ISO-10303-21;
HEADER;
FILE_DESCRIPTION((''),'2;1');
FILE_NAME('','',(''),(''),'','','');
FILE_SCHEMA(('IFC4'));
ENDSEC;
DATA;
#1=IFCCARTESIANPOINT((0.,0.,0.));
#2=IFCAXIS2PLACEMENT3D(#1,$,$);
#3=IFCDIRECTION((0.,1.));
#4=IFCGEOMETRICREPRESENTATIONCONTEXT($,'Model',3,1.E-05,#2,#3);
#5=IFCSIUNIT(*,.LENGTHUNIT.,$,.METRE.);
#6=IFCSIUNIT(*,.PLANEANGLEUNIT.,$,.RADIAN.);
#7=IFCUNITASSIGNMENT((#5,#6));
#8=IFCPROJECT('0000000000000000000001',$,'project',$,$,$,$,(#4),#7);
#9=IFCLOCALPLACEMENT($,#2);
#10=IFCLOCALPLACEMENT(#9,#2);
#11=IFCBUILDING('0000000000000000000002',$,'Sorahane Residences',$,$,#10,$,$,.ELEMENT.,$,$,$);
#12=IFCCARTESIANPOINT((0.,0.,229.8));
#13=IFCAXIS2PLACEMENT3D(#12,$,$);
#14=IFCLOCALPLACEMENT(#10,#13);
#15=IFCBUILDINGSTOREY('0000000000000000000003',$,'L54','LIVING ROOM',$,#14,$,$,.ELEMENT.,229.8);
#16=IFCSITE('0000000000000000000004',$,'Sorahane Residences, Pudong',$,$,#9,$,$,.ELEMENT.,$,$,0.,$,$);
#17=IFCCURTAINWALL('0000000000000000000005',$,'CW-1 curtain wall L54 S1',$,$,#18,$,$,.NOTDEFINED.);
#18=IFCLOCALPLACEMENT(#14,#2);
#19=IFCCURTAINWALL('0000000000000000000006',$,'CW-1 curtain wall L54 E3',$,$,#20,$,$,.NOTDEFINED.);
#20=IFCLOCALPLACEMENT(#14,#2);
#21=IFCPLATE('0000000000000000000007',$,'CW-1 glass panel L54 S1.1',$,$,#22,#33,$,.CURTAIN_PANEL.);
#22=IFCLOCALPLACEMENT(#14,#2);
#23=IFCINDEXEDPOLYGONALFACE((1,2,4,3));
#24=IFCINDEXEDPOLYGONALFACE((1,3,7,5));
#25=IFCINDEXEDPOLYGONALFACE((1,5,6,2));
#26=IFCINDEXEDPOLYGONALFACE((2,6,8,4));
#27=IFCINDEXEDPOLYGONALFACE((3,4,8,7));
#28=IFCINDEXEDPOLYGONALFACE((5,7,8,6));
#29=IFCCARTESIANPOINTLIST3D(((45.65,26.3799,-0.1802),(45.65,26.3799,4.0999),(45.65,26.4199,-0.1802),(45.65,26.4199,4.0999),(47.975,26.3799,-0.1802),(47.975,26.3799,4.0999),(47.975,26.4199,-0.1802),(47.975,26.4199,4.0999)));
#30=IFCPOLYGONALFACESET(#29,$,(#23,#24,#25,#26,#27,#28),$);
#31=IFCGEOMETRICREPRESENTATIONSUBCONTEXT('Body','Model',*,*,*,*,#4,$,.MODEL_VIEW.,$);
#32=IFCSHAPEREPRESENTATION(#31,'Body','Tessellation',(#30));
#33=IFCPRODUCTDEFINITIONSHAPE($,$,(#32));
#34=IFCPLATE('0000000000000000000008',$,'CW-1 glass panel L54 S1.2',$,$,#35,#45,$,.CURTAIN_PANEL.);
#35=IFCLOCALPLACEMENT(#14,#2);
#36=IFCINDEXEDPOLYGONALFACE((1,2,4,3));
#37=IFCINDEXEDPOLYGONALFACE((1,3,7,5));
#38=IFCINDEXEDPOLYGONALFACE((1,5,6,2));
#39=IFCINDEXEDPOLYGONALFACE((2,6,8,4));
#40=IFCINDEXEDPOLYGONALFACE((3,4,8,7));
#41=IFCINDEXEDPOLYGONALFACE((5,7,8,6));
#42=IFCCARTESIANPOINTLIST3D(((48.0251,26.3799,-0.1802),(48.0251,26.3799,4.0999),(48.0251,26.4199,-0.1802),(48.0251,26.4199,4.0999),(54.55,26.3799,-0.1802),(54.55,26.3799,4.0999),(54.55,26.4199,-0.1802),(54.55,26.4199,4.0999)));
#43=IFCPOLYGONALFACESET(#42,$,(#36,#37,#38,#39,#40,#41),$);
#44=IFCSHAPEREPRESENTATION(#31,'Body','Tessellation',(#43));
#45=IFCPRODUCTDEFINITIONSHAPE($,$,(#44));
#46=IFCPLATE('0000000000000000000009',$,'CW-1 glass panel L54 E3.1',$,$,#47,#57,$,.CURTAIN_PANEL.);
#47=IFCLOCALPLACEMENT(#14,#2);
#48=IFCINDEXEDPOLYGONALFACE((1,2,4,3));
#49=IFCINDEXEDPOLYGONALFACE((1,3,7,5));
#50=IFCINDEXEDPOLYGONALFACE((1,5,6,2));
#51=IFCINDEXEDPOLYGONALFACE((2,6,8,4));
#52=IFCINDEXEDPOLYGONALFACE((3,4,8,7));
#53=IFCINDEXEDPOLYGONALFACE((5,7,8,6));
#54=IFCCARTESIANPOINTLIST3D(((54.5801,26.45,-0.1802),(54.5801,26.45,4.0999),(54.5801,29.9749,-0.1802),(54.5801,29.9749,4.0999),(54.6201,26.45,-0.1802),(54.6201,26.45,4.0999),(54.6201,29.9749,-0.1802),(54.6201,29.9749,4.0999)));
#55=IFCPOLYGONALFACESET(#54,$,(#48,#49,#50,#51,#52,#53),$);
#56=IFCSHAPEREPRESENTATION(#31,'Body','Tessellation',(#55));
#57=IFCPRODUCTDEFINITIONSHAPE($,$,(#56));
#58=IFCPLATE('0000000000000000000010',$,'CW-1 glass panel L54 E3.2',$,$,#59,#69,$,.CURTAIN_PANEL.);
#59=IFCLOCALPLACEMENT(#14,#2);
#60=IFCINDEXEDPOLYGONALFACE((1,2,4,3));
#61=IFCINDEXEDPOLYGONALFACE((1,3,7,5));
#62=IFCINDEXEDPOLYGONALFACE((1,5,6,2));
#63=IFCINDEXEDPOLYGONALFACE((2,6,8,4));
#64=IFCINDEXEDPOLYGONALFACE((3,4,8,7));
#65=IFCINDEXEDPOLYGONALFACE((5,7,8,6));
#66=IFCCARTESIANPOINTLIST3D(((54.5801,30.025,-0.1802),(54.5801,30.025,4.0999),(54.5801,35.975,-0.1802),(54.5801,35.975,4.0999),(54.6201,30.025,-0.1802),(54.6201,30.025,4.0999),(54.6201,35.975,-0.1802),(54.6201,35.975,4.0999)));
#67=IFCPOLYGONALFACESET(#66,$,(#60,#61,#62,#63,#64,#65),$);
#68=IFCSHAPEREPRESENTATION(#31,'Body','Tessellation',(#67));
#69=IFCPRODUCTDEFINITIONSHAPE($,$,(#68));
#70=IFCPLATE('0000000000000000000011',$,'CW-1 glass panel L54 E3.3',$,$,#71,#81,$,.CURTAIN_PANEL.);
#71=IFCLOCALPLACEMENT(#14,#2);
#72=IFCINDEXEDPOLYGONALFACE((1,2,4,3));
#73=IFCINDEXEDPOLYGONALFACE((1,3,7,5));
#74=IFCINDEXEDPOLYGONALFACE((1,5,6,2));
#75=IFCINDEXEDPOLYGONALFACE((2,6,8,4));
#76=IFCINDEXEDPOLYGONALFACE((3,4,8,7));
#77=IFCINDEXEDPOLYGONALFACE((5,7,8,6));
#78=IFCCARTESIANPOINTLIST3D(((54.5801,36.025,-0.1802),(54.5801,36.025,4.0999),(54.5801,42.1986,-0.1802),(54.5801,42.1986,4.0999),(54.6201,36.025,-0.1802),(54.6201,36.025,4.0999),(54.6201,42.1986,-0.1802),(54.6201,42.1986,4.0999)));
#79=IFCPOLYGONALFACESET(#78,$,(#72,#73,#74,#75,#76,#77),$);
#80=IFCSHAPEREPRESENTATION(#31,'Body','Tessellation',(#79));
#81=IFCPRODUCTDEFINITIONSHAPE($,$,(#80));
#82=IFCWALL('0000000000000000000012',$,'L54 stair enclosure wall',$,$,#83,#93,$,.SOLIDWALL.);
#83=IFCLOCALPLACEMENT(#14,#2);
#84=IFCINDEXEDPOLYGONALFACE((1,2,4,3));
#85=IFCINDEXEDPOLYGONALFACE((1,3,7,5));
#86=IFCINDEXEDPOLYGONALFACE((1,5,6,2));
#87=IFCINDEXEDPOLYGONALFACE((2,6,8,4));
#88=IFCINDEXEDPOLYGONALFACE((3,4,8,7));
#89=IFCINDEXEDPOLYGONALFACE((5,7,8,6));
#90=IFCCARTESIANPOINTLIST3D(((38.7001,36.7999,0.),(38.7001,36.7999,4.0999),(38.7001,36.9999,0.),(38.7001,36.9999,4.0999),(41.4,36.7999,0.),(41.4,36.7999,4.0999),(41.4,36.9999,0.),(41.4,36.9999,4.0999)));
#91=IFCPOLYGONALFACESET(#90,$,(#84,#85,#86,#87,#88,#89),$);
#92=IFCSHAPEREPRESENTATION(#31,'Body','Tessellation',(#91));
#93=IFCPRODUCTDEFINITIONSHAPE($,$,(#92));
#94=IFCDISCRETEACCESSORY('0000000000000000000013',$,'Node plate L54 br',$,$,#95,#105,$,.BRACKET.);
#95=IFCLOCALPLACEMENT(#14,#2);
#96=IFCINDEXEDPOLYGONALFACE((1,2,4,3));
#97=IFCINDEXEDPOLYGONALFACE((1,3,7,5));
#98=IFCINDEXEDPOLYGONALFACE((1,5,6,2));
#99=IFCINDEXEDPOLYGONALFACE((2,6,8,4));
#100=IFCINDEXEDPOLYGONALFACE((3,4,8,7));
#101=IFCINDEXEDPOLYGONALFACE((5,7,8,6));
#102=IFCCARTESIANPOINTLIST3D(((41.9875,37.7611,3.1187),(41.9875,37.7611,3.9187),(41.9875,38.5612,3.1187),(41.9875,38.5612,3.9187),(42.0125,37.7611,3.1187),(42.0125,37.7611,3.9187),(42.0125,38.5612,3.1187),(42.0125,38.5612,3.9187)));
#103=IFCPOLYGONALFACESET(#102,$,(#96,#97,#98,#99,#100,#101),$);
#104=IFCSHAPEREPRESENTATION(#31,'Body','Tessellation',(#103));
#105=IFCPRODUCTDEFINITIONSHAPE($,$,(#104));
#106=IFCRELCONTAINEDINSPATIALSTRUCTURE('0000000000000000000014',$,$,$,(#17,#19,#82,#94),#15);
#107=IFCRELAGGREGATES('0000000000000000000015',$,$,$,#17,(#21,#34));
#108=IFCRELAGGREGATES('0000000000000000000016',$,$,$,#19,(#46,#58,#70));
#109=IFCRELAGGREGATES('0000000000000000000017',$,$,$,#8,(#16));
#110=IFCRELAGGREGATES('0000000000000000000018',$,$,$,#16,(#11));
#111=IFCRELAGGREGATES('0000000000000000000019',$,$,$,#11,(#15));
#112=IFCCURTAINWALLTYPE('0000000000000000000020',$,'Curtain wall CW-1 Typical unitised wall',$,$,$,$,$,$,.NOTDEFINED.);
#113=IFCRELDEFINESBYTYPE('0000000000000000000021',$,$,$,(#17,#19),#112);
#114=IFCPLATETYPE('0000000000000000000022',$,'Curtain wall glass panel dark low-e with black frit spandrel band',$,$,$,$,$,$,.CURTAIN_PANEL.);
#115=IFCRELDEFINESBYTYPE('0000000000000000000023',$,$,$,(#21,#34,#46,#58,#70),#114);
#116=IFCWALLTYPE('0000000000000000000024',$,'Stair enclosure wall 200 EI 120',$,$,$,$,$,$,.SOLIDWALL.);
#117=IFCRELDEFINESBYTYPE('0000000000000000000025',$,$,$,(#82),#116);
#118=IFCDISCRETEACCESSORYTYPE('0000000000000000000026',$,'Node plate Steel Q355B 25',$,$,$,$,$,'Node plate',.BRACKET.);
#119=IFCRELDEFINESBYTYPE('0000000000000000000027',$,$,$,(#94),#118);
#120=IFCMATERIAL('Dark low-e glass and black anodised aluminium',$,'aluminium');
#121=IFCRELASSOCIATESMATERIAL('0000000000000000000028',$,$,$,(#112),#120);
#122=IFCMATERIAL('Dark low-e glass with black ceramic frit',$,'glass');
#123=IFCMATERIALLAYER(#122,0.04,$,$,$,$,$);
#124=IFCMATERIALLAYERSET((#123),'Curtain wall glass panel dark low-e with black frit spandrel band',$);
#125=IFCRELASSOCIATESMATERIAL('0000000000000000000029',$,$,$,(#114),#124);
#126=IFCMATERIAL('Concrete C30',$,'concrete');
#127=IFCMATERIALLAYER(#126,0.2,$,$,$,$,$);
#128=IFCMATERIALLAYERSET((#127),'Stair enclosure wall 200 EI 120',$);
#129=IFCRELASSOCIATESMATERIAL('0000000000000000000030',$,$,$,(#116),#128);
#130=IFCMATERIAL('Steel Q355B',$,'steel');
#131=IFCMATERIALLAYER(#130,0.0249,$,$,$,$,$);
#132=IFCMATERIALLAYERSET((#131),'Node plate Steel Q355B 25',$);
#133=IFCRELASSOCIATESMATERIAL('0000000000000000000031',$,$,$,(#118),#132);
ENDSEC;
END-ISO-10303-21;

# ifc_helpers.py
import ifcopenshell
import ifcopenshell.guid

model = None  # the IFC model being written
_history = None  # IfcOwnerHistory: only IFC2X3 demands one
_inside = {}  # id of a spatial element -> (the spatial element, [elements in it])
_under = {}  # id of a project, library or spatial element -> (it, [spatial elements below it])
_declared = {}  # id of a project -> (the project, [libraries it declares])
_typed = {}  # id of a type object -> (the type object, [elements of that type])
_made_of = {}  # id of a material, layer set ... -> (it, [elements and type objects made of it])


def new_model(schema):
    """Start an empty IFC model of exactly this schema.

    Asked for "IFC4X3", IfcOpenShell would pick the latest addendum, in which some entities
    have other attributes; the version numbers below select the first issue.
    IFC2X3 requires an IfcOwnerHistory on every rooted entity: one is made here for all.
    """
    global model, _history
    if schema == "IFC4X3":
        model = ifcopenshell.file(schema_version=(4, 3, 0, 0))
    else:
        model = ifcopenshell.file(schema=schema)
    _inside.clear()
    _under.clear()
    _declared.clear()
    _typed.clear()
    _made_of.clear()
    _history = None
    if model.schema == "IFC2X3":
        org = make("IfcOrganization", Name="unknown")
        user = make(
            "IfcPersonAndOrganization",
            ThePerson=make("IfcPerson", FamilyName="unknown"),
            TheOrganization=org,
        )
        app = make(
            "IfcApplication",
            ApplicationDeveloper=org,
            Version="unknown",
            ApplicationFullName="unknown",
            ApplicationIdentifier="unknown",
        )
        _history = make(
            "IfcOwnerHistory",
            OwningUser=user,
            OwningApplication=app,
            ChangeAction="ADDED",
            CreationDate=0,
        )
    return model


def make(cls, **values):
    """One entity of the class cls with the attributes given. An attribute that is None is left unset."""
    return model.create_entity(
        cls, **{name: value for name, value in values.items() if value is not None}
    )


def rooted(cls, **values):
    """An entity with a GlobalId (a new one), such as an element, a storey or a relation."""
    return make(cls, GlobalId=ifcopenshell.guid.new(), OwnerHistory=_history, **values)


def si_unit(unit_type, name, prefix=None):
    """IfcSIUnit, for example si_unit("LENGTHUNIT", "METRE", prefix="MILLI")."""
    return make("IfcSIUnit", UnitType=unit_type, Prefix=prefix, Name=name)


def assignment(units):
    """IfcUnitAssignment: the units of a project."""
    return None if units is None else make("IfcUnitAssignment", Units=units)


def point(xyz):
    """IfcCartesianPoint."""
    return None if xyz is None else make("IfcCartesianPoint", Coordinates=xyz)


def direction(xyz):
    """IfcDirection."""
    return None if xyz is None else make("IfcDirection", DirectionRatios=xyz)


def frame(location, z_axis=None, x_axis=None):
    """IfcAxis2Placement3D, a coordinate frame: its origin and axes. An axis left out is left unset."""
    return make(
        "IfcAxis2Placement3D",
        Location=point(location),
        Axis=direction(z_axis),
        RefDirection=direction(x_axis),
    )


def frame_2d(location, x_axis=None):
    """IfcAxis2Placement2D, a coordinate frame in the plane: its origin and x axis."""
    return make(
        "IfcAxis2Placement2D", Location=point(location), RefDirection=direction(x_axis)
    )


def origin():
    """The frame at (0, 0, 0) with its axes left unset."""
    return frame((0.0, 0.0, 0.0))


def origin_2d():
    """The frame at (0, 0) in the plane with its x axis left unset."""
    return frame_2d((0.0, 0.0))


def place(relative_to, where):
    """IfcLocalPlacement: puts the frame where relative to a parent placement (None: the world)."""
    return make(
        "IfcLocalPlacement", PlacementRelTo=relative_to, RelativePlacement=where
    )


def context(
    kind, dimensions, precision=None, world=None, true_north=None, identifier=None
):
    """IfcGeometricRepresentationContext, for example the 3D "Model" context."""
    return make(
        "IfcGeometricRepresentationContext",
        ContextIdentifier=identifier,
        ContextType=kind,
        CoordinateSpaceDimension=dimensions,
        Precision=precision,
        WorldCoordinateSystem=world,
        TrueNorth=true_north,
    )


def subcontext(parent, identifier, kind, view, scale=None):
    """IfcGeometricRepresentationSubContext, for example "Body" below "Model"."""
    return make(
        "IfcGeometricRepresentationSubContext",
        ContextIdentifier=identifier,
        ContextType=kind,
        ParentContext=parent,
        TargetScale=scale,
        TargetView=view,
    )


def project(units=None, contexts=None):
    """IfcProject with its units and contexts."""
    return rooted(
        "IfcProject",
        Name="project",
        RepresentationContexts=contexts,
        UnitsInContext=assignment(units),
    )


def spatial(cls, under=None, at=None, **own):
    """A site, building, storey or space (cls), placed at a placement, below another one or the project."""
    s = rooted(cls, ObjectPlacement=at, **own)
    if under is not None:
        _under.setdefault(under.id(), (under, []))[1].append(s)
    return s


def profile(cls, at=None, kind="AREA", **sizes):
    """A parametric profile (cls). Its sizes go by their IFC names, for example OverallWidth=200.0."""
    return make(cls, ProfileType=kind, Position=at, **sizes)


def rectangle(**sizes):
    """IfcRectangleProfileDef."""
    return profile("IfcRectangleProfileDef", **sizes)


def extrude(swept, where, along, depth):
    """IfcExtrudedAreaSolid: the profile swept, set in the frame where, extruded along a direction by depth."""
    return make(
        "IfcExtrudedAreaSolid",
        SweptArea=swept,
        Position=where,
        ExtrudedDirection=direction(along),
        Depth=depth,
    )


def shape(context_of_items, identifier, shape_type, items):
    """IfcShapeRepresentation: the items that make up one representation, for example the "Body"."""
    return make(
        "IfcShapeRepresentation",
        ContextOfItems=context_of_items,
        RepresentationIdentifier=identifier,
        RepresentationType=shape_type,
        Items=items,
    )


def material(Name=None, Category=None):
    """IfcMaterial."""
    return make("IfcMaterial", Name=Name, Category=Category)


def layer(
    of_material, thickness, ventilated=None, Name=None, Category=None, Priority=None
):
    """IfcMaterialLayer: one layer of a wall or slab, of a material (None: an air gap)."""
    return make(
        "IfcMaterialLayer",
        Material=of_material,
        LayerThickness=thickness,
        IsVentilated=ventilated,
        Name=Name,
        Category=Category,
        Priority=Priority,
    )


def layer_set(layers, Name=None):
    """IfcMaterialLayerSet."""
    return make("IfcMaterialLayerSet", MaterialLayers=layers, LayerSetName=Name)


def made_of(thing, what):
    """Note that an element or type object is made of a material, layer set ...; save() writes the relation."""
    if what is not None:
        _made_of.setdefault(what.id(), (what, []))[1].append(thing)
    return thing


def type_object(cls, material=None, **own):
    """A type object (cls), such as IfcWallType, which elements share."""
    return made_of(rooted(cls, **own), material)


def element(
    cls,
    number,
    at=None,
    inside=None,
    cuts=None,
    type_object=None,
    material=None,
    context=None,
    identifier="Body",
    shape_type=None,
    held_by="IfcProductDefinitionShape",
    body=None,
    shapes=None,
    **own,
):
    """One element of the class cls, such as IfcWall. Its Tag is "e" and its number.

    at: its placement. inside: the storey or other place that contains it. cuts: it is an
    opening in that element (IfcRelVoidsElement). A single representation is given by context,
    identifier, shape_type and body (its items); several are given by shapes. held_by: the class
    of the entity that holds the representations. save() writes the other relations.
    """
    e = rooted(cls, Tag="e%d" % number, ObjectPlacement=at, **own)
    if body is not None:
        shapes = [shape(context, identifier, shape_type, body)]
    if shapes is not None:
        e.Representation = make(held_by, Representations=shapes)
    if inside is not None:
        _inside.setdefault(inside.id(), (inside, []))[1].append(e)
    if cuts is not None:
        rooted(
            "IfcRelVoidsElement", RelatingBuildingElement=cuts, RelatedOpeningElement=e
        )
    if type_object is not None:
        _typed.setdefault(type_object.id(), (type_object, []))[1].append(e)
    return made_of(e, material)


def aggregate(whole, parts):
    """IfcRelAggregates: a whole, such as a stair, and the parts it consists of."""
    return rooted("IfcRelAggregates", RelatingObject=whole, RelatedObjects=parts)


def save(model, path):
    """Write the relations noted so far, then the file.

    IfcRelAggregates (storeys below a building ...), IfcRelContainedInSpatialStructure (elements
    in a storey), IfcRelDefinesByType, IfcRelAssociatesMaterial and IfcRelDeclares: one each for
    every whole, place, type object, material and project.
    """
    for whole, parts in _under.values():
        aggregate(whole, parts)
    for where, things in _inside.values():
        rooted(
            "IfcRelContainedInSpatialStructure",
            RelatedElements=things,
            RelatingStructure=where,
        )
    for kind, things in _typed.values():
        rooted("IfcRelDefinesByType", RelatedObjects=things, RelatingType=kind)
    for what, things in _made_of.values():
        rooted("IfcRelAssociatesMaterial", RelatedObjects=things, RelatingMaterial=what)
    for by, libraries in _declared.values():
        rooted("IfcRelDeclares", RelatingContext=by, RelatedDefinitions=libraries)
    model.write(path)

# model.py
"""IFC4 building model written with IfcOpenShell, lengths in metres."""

from ifc_helpers import new_model, si_unit, direction, frame, frame_2d, origin, origin_2d, place, context, subcontext, project, spatial, rectangle, extrude, material, layer, layer_set, type_object, element, aggregate, save


model = new_model("IFC4")

# Units and contexts
model_context = context("Model", 3, precision=1e-05, world=origin(), true_north=direction((0.0, 1.0)))
body_context = subcontext(model_context, "Body", "Model", "MODEL_VIEW")
ifc_project = project(units=[si_unit("LENGTHUNIT", "METRE"), si_unit("PLANEANGLEUNIT", "RADIAN")], contexts=[model_context])

# Site, building, storey
site_placement = place(None, origin())
site = spatial("IfcSite", under=ifc_project, at=site_placement, Name="Sorahane Residences, Pudong", CompositionType="ELEMENT", RefElevation=0.0)
building_placement = place(site_placement, origin())
building = spatial("IfcBuilding", under=site, at=building_placement, Name="Sorahane Residences", CompositionType="ELEMENT")
storey_placement = place(building_placement, frame((0.0, 0.0, 229.8)))
storey = spatial("IfcBuildingStorey", under=building, at=storey_placement, Name="L54", Description="LIVING ROOM", CompositionType="ELEMENT", Elevation=229.8)

# Shared definitions
ifc_material_1 = material(Name="Dark low-e glass and black anodised aluminium", Category="aluminium")
curtain_wall_type = type_object("IfcCurtainWallType", Name="Curtain wall CW-1 Typical unitised wall", PredefinedType="NOTDEFINED", material=ifc_material_1)

# Curtain walls
curtain_wall_1_placement = place(storey_placement, origin())
curtain_wall_1 = element("IfcCurtainWall", 1, at=curtain_wall_1_placement, inside=storey, type_object=curtain_wall_type, Name="CW-1 curtain wall L54 S1", PredefinedType="NOTDEFINED")
curtain_wall_2_placement = place(storey_placement, origin())
curtain_wall_2 = element("IfcCurtainWall", 2, at=curtain_wall_2_placement, inside=storey, type_object=curtain_wall_type, Name="CW-1 curtain wall L54 E3", PredefinedType="NOTDEFINED")

# Plates
ifc_material_2 = material(Name="Dark low-e glass with black ceramic frit", Category="glass")
ifc_layer_1 = layer(ifc_material_2, 0.04)
ifc_layer_set_1 = layer_set([ifc_layer_1], Name="Curtain wall glass panel dark low-e with black frit spandrel band")
plate_type = type_object("IfcPlateType", Name="Curtain wall glass panel dark low-e with black frit spandrel band", PredefinedType="CURTAIN_PANEL", material=ifc_layer_set_1)
plate_1_placement = place(storey_placement, frame((46.8125, 26.3999, -0.1802), z_axis=(0.0, 0.0, 1.0), x_axis=(1.0, 0.0, 0.0)))
plate_1 = element("IfcPlate", 3, at=plate_1_placement, type_object=plate_type, Name="CW-1 glass panel L54 S1.1", PredefinedType="CURTAIN_PANEL", context=body_context, shape_type="SweptSolid", body=[
    extrude(rectangle(XDim=2.325, YDim=0.04, at=origin_2d()), origin(), (0.0, 0.0, 1.0), 4.28),
])
plate_2_placement = place(storey_placement, frame((51.2876, 26.3999, -0.1802), z_axis=(0.0, 0.0, 1.0), x_axis=(1.0, 0.0, 0.0)))
plate_2 = element("IfcPlate", 4, at=plate_2_placement, type_object=plate_type, Name="CW-1 glass panel L54 S1.2", PredefinedType="CURTAIN_PANEL", context=body_context, shape_type="SweptSolid", body=[
    extrude(rectangle(XDim=6.5249, YDim=0.04, at=origin_2d()), origin(), (0.0, 0.0, 1.0), 4.28),
])
aggregate(curtain_wall_1, [plate_1, plate_2])
plate_3_placement = place(storey_placement, frame((54.6001, 28.2124, -0.1802), z_axis=(0.0, 0.0, 1.0), x_axis=(0.0, 1.0, 0.0)))
plate_3 = element("IfcPlate", 5, at=plate_3_placement, type_object=plate_type, Name="CW-1 glass panel L54 E3.1", PredefinedType="CURTAIN_PANEL", context=body_context, shape_type="SweptSolid", body=[
    extrude(rectangle(XDim=3.5249, YDim=0.04, at=origin_2d()), origin(), (0.0, 0.0, 1.0), 4.28),
])
plate_4_placement = place(storey_placement, frame((54.6001, 33.0, -0.1802), z_axis=(0.0, 0.0, 1.0), x_axis=(0.0, 1.0, 0.0)))
plate_4 = element("IfcPlate", 6, at=plate_4_placement, type_object=plate_type, Name="CW-1 glass panel L54 E3.2", PredefinedType="CURTAIN_PANEL", context=body_context, shape_type="SweptSolid", body=[
    extrude(rectangle(XDim=5.95, YDim=0.04, at=origin_2d()), origin(), (0.0, 0.0, 1.0), 4.28),
])
plate_5_placement = place(storey_placement, frame((54.6001, 39.1118, -0.1802), z_axis=(0.0, 0.0, 1.0), x_axis=(0.0, 1.0, 0.0)))
plate_5 = element("IfcPlate", 7, at=plate_5_placement, type_object=plate_type, Name="CW-1 glass panel L54 E3.3", PredefinedType="CURTAIN_PANEL", context=body_context, shape_type="SweptSolid", body=[
    extrude(rectangle(XDim=6.1736, YDim=0.04, at=origin_2d()), origin(), (0.0, 0.0, 1.0), 4.28),
])
aggregate(curtain_wall_2, [plate_3, plate_4, plate_5])

# Wall
ifc_material_3 = material(Name="Concrete C30", Category="concrete")
ifc_layer_2 = layer(ifc_material_3, 0.2)
ifc_layer_set_2 = layer_set([ifc_layer_2], Name="Stair enclosure wall 200 EI 120")
wall_type = type_object("IfcWallType", Name="Stair enclosure wall 200 EI 120", PredefinedType="SOLIDWALL", material=ifc_layer_set_2)
wall_placement = place(storey_placement, frame((38.7, 36.8999, 0.0), z_axis=(0.0, 0.0, 1.0), x_axis=(1.0, 0.0, 0.0)))
element("IfcWall", 8, at=wall_placement, inside=storey, type_object=wall_type, Name="L54 stair enclosure wall", PredefinedType="SOLIDWALL", context=body_context, shape_type="SweptSolid", body=[
    extrude(rectangle(XDim=2.7, YDim=0.2, at=frame_2d((1.3501, 0.0))), origin(), (0.0, 0.0, 1.0), 4.0999),
])

# Discrete accessory
ifc_material_4 = material(Name="Steel Q355B", Category="steel")
ifc_layer_3 = layer(ifc_material_4, 0.0249)
ifc_layer_set_3 = layer_set([ifc_layer_3], Name="Node plate Steel Q355B 25")
discrete_accessory_type = type_object("IfcDiscreteAccessoryType", Name="Node plate Steel Q355B 25", ElementType="Node plate", PredefinedType="BRACKET", material=ifc_layer_set_3)
discrete_accessory_placement = place(storey_placement, frame((42.0, 38.1611, 3.1187), z_axis=(0.0, 0.0, 1.0), x_axis=(0.0, 1.0, 0.0)))
element("IfcDiscreteAccessory", 9, at=discrete_accessory_placement, inside=storey, type_object=discrete_accessory_type, Name="Node plate L54 br", PredefinedType="BRACKET", context=body_context, shape_type="SweptSolid", body=[
    extrude(rectangle(XDim=0.8, YDim=0.0249, at=origin_2d()), origin(), (0.0, 0.0, 1.0), 0.8),
])

save(model, "model.ifc")
